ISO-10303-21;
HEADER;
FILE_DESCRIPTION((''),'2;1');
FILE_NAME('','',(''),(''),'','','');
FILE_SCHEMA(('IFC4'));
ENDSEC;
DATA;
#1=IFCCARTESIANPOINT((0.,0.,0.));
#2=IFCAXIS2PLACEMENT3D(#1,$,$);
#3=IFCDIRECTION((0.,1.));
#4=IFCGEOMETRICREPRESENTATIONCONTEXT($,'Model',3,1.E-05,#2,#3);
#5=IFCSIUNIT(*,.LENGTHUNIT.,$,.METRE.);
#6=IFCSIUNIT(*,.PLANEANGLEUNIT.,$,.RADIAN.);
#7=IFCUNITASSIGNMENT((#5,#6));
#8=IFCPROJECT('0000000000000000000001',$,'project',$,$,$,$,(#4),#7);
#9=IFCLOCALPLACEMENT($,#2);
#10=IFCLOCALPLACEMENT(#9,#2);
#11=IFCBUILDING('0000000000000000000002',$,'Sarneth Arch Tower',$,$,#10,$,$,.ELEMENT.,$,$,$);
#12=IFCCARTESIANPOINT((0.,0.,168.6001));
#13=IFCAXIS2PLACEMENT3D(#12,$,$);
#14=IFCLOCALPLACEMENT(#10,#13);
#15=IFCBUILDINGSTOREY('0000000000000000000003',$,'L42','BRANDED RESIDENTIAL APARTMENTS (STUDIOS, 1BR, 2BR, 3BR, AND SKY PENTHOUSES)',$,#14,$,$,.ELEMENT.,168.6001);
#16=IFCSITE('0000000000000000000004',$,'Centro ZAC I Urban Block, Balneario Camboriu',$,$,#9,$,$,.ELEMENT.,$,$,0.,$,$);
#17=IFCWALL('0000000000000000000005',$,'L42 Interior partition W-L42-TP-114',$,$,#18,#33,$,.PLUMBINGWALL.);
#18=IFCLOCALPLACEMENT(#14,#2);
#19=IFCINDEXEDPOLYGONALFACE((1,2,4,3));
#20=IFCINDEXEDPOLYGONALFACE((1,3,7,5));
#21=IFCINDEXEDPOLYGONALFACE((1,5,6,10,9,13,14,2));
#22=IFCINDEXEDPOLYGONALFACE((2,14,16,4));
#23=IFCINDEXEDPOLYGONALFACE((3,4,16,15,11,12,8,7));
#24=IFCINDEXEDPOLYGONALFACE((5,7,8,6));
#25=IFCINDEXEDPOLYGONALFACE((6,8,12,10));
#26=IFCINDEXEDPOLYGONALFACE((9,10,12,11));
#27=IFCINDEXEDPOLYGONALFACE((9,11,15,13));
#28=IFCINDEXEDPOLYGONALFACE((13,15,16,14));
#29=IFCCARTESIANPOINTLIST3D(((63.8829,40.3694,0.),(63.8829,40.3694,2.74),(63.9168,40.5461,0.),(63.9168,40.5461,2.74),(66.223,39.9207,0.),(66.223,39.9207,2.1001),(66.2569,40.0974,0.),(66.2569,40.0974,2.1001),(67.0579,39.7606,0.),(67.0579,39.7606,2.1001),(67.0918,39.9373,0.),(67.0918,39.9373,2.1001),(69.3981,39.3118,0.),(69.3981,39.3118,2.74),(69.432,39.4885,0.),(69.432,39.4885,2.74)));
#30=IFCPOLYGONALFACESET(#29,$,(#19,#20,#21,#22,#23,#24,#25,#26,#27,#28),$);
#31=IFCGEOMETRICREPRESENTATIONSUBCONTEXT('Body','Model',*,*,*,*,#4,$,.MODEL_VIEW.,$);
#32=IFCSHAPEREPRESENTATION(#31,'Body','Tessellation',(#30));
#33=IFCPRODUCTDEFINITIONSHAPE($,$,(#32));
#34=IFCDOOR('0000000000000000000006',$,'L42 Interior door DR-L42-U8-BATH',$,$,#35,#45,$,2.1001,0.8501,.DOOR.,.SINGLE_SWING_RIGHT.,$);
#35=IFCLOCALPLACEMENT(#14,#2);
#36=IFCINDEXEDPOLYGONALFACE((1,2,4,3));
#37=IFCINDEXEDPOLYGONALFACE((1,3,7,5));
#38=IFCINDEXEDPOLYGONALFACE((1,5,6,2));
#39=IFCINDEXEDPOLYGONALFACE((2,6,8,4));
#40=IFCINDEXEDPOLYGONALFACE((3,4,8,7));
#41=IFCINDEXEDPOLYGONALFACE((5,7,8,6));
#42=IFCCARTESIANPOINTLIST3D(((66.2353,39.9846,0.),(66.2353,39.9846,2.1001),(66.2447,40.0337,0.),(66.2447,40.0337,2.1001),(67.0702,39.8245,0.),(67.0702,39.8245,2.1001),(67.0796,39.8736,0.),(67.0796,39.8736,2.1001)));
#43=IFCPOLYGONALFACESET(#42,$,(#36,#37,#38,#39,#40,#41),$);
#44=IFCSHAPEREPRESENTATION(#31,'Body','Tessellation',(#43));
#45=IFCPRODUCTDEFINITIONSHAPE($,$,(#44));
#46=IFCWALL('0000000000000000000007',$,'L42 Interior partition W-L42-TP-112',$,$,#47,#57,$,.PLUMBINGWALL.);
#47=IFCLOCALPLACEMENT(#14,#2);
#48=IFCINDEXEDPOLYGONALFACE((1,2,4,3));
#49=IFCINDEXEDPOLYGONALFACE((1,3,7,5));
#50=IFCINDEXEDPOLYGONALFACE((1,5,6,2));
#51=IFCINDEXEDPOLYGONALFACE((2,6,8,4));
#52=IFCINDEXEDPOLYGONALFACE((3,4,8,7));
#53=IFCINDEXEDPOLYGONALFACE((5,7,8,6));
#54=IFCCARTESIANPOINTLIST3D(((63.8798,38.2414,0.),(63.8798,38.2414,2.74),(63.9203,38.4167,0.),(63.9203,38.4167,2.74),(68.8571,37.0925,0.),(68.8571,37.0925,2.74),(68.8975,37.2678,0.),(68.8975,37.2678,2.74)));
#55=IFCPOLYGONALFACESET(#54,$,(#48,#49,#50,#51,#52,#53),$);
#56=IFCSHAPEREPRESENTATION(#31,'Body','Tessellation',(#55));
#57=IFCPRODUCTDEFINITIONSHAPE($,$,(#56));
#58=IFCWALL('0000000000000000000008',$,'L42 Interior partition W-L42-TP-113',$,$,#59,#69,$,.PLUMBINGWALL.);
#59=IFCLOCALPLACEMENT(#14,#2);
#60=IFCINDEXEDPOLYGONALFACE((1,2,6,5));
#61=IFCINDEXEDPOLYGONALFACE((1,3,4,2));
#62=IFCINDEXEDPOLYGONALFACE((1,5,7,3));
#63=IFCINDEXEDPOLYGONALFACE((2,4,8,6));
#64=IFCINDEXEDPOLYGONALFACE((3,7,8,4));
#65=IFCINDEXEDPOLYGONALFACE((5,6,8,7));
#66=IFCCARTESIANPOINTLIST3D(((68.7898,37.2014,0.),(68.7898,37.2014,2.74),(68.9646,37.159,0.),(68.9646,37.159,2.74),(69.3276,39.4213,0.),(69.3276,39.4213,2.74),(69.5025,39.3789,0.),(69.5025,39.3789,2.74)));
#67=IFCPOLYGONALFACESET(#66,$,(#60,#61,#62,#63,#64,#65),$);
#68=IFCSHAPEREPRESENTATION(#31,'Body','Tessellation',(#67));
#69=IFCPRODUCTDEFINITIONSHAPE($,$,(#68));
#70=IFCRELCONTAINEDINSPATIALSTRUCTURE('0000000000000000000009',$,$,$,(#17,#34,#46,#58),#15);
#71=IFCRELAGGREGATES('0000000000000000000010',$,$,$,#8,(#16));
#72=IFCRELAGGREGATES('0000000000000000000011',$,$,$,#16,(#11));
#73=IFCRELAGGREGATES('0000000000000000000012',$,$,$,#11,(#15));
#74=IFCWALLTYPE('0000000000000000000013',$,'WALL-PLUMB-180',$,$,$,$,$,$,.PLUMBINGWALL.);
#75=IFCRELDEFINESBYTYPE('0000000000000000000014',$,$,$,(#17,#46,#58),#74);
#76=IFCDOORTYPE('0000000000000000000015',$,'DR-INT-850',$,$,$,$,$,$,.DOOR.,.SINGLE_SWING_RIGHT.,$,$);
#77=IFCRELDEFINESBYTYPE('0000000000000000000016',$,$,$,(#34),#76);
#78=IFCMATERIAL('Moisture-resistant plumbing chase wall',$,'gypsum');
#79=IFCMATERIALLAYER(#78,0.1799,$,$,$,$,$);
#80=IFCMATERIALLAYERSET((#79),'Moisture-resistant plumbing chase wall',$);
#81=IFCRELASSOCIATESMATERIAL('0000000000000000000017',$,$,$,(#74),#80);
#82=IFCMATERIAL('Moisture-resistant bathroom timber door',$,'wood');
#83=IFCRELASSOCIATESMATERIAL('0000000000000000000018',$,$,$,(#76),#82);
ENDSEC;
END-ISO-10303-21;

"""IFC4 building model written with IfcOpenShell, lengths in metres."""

from ifc_helpers import new_model, si_unit, direction, frame, frame_2d, origin, place, context, subcontext, project, spatial, rectangle, extrude, material, layer, layer_set, type_object, element, fill, save


model = new_model("IFC4")

# Units and contexts
model_context = context("Model", 3, precision=1e-05, world=origin(), true_north=direction((0.0, 1.0)))
body_context = subcontext(model_context, "Body", "Model", "MODEL_VIEW")
ifc_project = project(units=[si_unit("LENGTHUNIT", "METRE"), si_unit("PLANEANGLEUNIT", "RADIAN")], contexts=[model_context])

# Site, building, storey
site_placement = place(None, origin())
site = spatial("IfcSite", under=ifc_project, at=site_placement, Name="Centro ZAC I Urban Block, Balneario Camboriu", CompositionType="ELEMENT", RefElevation=0.0)
building_placement = place(site_placement, origin())
building = spatial("IfcBuilding", under=site, at=building_placement, Name="Sarneth Arch Tower", CompositionType="ELEMENT")
storey_placement = place(building_placement, frame((0.0, 0.0, 168.6001)))
storey = spatial("IfcBuildingStorey", under=building, at=storey_placement, Name="L42", Description="BRANDED RESIDENTIAL APARTMENTS (STUDIOS, 1BR, 2BR, 3BR, AND SKY PENTHOUSES)", CompositionType="ELEMENT", Elevation=168.6001)

# Wall, opening, door
ifc_material_1 = material(Name="Moisture-resistant plumbing chase wall", Category="gypsum")
ifc_layer_1 = layer(ifc_material_1, 0.1799)
ifc_layer_set_1 = layer_set([ifc_layer_1], Name="Moisture-resistant plumbing chase wall")
wall_type_1 = type_object("IfcWallType", Name="WALL-PLUMB-180", PredefinedType="PLUMBINGWALL", material=ifc_layer_set_1)
wall_1_placement = place(storey_placement, frame((69.415, 39.4001, 0.0), z_axis=(0.0, 0.0, 1.0), x_axis=(-0.982105, 0.188335, 0.0)))
wall_1 = element("IfcWall", 1, at=wall_1_placement, inside=storey, type_object=wall_type_1, Name="L42 Interior partition W-L42-TP-114", PredefinedType="PLUMBINGWALL", context=body_context, shape_type="SweptSolid", body=[
    extrude(rectangle(XDim=5.6157, YDim=0.1799, at=frame_2d((2.8079, 0.0))), origin(), (0.0, 0.0, 1.0), 2.74),
])
opening_1_placement = place(wall_1_placement, frame((2.3828, 0.0, 0.0)))
opening_1 = element("IfcOpeningElement", 2, at=opening_1_placement, cuts=wall_1, PredefinedType="OPENING", context=body_context, shape_type="SweptSolid", body=[
    extrude(rectangle(XDim=0.8501, YDim=2.1001, at=frame_2d((0.425, 1.05))), frame((0.0, 0.0999, 0.0), z_axis=(0.0, -1.0, 0.0), x_axis=(1.0, 0.0, 0.0)), (0.0, 0.0, 1.0), 0.2),
])
ifc_material_2 = material(Name="Moisture-resistant bathroom timber door", Category="wood")
door_type_1 = type_object("IfcDoorType", Name="DR-INT-850", OperationType="SINGLE_SWING_RIGHT", PredefinedType="DOOR", material=ifc_material_2)
door_1_placement = place(opening_1_placement, origin())
door_1 = element("IfcDoor", 3, at=door_1_placement, inside=storey, type_object=door_type_1, Name="L42 Interior door DR-L42-U8-BATH", OperationType="SINGLE_SWING_RIGHT", OverallHeight=2.1001, OverallWidth=0.8501, PredefinedType="DOOR", context=body_context, shape_type="SweptSolid", body=[
    extrude(rectangle(XDim=0.8501, YDim=2.1001, at=frame_2d((0.425, 1.05))), frame((0.0, 0.0249, 0.0), z_axis=(0.0, -1.0, 0.0), x_axis=(1.0, 0.0, 0.0)), (0.0, 0.0, 1.0), 0.05),
])
fill(opening_1, door_1)

# Walls
wall_2_placement = place(storey_placement, frame((63.8999, 38.3291, 0.0), z_axis=(0.0, 0.0, 1.0), x_axis=(0.974378, -0.224919, 0.0)))
element("IfcWall", 4, at=wall_2_placement, inside=storey, type_object=wall_type_1, Name="L42 Interior partition W-L42-TP-112", PredefinedType="PLUMBINGWALL", context=body_context, shape_type="SweptSolid", body=[
    extrude(rectangle(XDim=5.1082, YDim=0.1799, at=frame_2d((2.5542, 0.0))), origin(), (0.0, 0.0, 1.0), 2.74),
])
wall_3_placement = place(storey_placement, frame((68.8772, 37.1802, 0.0), z_axis=(0.0, 0.0, 1.0), x_axis=(0.235462, 0.971883, 0.0)))
element("IfcWall", 5, at=wall_3_placement, inside=storey, type_object=wall_type_1, Name="L42 Interior partition W-L42-TP-113", PredefinedType="PLUMBINGWALL", context=body_context, shape_type="SweptSolid", body=[
    extrude(rectangle(XDim=2.2842, YDim=0.1799, at=frame_2d((1.1421, 0.0))), origin(), (0.0, 0.0, 1.0), 2.74),
])

save(model, "model.ifc")
